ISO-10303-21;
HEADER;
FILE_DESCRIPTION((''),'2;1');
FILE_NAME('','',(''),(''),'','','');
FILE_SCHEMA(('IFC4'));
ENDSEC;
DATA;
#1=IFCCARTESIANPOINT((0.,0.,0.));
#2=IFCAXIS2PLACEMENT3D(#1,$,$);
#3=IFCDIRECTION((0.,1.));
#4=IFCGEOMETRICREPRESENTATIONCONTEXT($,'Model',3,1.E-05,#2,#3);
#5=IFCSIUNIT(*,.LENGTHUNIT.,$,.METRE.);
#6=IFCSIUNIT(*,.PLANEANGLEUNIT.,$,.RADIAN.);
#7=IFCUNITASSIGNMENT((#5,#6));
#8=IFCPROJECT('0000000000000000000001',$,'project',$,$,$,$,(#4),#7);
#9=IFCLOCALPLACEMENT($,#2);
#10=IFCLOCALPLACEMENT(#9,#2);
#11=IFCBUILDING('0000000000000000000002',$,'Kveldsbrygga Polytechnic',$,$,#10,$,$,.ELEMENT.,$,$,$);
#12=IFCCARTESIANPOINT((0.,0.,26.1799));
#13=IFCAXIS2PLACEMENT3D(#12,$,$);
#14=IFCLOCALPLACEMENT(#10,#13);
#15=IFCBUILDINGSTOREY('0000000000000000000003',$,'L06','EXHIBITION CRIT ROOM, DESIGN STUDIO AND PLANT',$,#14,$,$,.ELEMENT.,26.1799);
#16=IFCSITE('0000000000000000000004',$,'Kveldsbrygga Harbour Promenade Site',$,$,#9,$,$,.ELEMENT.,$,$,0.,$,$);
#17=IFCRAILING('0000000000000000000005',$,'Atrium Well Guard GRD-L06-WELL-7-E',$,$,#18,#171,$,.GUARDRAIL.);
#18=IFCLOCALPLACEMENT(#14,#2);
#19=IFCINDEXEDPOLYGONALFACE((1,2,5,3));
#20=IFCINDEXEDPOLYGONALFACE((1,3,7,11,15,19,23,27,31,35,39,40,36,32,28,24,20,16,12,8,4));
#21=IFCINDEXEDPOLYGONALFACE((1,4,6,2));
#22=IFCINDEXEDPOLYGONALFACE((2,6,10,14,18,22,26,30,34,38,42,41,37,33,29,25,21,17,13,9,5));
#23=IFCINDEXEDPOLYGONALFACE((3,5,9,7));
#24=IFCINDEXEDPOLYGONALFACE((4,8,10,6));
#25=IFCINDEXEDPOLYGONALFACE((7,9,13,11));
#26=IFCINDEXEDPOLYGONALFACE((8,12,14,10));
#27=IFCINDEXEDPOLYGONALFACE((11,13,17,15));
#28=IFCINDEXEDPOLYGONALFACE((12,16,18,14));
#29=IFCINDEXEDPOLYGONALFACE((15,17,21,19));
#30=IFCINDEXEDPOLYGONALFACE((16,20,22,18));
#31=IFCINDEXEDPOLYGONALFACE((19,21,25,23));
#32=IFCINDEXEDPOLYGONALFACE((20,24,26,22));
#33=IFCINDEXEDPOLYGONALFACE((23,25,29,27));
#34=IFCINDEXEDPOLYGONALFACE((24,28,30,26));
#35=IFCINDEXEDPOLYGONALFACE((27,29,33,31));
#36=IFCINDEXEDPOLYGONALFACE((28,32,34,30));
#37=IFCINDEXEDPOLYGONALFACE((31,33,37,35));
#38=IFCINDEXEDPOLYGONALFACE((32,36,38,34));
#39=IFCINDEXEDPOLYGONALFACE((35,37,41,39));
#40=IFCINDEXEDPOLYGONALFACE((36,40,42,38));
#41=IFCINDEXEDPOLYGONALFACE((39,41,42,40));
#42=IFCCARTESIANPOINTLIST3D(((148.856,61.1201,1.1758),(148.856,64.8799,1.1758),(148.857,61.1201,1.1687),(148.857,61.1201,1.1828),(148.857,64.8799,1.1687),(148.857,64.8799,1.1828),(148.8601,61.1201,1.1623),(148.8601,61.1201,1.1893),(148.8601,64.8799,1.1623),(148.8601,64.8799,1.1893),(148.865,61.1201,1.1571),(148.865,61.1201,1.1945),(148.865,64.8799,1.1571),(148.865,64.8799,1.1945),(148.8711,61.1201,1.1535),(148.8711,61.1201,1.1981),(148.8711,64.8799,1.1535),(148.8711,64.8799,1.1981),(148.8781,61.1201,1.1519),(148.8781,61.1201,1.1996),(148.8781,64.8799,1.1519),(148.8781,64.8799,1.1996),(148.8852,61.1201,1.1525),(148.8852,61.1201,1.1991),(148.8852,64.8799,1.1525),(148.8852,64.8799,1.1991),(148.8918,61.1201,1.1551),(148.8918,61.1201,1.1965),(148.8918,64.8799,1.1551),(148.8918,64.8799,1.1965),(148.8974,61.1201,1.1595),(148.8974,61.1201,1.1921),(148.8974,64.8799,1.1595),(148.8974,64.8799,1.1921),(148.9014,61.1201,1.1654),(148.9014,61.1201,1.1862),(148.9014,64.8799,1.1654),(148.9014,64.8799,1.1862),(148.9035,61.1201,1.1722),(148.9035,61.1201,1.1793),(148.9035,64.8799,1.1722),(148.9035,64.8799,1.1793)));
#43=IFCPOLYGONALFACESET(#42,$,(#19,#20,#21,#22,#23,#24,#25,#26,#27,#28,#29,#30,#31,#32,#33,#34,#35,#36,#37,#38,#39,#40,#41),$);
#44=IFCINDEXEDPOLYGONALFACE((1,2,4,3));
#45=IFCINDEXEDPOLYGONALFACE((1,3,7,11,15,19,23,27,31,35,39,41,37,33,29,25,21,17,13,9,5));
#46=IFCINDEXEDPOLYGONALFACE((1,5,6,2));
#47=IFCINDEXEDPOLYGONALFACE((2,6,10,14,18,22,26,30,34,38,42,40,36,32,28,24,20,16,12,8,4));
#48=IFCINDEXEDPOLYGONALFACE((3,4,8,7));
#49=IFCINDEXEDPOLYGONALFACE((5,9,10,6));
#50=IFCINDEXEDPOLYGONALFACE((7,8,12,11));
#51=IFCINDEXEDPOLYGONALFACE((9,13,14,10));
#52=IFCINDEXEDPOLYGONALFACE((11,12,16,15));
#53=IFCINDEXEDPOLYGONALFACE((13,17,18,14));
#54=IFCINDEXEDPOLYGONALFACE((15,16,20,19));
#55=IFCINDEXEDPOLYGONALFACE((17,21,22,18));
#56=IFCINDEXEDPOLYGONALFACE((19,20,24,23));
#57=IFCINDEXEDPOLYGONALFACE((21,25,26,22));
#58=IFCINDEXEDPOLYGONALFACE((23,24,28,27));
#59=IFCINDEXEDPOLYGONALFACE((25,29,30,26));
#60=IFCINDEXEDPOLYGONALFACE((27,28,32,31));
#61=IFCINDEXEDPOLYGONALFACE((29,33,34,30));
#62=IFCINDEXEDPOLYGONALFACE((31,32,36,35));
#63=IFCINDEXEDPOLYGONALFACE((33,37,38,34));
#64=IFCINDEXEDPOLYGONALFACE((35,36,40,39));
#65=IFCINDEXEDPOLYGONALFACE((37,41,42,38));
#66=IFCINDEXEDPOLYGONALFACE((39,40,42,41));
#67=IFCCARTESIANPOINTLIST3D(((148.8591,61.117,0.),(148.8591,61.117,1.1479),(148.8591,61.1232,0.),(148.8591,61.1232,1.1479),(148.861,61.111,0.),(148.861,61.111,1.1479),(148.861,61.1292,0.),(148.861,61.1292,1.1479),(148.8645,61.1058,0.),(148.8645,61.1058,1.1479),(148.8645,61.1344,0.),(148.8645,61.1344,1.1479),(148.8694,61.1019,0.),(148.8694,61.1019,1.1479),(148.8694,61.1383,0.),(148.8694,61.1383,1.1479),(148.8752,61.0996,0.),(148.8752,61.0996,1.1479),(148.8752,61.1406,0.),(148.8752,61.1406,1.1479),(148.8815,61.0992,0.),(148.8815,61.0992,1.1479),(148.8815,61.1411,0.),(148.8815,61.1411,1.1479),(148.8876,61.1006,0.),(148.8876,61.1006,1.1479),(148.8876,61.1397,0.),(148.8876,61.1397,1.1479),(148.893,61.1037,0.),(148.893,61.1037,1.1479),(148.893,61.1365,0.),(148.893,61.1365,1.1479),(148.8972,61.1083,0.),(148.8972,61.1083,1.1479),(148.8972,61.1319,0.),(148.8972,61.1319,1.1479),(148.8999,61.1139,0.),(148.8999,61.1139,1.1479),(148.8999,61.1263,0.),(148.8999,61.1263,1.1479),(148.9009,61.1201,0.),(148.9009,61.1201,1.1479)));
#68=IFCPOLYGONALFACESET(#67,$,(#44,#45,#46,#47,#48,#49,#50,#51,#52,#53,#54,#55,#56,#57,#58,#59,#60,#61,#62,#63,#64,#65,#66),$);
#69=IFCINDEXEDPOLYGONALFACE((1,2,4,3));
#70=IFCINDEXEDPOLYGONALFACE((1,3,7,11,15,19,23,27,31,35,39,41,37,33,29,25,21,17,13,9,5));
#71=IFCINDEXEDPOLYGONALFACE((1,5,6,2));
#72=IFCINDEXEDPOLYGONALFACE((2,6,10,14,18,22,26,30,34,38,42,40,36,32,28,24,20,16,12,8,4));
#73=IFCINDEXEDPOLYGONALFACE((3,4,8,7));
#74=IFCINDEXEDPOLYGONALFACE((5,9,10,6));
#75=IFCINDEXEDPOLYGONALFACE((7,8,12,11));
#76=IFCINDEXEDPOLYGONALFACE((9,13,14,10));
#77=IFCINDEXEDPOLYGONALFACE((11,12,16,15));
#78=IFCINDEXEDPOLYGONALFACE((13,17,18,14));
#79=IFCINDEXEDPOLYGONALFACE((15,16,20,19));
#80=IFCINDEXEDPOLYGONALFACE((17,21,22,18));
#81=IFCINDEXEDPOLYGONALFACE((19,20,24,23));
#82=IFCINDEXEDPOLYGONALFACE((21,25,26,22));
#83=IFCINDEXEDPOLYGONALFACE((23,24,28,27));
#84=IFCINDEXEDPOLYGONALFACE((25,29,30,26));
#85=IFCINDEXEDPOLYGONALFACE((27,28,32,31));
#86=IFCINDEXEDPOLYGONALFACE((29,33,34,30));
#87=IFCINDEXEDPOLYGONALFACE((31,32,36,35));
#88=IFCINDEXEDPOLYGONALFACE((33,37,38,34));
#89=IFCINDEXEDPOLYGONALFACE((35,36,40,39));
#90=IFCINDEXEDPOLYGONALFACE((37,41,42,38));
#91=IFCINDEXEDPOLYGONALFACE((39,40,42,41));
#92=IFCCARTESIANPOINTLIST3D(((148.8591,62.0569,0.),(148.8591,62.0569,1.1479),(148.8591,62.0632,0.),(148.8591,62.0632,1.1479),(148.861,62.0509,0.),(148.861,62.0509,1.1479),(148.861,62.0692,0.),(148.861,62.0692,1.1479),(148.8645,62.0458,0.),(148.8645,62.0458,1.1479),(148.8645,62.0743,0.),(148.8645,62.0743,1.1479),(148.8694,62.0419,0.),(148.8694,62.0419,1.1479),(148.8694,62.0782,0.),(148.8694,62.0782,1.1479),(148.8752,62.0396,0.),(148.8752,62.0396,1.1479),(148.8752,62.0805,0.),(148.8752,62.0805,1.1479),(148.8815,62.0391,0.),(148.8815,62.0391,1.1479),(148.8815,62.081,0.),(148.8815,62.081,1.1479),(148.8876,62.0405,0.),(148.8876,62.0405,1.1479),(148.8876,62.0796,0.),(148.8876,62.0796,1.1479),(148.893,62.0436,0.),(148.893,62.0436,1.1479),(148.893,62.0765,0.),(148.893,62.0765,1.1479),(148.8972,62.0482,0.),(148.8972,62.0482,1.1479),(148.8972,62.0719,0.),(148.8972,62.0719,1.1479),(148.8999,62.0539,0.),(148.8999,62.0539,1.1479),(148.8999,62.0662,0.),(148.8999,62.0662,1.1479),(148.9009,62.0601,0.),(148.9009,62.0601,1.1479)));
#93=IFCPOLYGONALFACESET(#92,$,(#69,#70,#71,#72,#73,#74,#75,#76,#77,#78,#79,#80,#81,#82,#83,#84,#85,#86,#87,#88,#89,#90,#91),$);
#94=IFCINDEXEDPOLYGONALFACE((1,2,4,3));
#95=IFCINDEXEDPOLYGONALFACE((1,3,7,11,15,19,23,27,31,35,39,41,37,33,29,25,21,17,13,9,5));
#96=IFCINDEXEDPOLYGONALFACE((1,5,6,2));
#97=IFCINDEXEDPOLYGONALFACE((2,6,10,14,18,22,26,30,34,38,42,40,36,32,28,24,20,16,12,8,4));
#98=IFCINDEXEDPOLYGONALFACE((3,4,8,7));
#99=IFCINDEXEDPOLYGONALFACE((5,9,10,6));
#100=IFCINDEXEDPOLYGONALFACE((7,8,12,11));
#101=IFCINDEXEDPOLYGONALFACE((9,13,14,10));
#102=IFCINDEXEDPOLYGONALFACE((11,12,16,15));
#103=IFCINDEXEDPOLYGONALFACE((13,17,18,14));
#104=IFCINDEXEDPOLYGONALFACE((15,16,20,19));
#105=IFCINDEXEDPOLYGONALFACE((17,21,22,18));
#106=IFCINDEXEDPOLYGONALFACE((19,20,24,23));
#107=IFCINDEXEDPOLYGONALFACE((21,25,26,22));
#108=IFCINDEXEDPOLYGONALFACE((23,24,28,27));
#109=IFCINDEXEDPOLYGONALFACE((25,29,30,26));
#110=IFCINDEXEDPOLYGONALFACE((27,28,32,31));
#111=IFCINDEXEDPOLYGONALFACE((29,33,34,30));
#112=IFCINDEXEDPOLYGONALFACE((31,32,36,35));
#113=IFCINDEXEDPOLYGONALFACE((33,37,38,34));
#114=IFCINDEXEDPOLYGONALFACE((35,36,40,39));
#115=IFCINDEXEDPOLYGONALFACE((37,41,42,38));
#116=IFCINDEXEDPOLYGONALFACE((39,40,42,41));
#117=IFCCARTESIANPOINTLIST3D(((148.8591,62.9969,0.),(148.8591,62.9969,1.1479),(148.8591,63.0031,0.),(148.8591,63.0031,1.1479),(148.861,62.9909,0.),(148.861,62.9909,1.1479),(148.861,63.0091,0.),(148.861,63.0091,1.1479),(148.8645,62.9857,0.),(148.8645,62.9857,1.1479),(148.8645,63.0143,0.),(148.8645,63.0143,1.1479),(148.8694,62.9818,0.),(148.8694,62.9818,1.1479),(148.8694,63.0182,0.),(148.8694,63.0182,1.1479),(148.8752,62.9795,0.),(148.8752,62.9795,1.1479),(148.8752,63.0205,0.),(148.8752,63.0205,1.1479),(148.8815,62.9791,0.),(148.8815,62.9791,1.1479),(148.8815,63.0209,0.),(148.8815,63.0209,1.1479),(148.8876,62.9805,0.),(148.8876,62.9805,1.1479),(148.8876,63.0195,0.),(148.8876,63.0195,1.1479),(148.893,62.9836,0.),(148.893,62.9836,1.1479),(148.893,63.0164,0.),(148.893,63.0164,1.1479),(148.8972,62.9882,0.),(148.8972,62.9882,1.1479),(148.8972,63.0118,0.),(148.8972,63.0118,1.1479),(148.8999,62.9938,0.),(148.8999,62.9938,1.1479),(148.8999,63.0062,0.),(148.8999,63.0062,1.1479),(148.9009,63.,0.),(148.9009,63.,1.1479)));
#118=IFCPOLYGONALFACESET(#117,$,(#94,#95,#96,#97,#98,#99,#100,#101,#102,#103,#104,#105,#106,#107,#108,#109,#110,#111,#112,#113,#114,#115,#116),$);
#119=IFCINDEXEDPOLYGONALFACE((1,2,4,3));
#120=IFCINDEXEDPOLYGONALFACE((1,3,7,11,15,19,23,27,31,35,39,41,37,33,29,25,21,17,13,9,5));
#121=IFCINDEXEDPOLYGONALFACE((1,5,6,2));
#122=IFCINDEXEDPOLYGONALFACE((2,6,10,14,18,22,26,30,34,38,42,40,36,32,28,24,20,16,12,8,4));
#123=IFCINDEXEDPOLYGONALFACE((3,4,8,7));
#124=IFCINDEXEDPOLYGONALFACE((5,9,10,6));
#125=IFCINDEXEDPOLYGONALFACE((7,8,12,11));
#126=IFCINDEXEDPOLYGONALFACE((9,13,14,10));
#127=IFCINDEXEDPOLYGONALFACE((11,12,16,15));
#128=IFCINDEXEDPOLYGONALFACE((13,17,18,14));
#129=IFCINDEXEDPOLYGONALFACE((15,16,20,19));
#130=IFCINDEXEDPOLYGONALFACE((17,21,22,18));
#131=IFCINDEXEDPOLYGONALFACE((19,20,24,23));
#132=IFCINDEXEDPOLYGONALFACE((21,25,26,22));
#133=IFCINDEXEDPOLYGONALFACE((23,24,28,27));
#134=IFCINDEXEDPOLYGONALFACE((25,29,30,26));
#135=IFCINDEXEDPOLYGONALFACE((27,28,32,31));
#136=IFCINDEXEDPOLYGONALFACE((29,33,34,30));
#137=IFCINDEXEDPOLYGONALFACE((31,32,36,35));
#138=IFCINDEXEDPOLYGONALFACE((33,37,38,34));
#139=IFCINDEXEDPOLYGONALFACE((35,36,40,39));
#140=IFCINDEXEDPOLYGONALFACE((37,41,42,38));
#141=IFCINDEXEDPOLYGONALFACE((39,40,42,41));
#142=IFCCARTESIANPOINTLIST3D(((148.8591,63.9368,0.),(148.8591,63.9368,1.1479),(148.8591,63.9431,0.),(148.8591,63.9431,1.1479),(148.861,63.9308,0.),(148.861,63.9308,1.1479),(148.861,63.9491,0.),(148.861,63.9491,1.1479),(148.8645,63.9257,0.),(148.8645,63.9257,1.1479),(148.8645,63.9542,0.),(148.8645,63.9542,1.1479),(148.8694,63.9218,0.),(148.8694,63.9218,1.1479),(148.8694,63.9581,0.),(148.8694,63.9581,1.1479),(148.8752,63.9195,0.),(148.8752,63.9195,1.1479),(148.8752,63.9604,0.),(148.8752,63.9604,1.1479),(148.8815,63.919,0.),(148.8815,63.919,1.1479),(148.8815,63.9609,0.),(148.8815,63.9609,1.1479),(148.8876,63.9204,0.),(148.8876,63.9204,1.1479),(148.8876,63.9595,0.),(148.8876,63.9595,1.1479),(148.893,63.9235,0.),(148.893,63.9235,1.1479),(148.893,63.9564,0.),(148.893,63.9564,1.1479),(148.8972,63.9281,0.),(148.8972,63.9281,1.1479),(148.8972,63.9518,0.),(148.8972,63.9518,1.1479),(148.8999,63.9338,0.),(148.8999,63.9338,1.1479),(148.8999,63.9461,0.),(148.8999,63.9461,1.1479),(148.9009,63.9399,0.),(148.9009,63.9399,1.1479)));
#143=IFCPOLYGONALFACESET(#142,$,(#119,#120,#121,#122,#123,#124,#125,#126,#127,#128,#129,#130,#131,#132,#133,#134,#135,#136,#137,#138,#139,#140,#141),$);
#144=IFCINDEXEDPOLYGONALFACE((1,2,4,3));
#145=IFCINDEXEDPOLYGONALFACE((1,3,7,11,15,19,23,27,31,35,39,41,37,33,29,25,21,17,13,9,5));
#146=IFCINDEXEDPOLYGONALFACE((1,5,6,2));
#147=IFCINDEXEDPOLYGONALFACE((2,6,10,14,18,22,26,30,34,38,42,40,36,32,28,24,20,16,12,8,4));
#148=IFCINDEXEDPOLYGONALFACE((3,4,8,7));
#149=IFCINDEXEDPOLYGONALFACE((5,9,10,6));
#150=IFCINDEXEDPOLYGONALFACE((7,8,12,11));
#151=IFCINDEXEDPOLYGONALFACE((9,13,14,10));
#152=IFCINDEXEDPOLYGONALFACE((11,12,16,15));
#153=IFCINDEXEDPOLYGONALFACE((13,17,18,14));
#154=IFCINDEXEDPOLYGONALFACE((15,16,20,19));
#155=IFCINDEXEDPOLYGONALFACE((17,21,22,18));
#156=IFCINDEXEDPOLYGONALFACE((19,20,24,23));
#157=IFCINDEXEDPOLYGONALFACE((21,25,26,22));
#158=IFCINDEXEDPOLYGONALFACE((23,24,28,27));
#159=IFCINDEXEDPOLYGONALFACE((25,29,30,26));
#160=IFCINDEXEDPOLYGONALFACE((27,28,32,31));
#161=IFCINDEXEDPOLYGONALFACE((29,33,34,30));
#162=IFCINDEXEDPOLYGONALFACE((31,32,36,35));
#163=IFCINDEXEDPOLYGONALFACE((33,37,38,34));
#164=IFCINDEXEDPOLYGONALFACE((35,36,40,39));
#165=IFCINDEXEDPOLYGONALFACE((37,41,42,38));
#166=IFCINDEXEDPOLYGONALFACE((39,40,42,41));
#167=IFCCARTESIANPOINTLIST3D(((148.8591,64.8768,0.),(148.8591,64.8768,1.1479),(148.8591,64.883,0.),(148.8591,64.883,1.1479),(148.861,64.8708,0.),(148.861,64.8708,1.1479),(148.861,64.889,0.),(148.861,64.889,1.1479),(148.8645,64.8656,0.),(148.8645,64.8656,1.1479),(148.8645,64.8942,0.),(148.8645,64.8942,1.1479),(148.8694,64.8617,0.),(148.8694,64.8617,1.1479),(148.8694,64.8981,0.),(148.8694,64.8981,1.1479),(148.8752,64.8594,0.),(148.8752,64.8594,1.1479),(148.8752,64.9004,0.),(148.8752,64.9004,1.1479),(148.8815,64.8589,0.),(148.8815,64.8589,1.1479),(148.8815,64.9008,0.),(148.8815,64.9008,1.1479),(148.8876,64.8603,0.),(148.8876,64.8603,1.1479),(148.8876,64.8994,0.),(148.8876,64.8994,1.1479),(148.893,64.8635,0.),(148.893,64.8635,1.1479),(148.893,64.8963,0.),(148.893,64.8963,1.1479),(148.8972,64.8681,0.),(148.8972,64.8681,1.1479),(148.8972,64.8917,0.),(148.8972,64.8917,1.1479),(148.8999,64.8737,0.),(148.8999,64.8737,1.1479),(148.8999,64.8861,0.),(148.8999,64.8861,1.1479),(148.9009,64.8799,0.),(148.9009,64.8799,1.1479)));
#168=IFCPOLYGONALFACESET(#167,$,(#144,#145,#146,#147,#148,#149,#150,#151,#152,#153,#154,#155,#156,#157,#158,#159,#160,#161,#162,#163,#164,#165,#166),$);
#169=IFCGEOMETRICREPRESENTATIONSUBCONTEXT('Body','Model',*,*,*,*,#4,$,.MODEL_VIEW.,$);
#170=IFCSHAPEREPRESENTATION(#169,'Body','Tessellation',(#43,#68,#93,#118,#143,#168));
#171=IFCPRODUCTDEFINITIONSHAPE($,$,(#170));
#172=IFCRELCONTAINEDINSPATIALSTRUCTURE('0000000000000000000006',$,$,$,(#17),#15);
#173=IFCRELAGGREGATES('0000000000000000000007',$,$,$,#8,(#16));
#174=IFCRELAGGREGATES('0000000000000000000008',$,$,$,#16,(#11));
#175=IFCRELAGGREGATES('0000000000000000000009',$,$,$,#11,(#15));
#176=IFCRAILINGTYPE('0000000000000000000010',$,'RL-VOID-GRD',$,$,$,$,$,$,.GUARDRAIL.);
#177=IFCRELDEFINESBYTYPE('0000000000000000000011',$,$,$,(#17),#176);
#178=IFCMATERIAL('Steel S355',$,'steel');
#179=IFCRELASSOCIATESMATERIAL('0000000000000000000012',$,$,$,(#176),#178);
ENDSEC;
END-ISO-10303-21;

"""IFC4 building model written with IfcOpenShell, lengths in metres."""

from ifc_helpers import new_model, si_unit, direction, frame, origin, origin_2d, place, context, subcontext, project, spatial, circle, extrude, material, type_object, element, save


model = new_model("IFC4")

# Units and contexts
model_context = context("Model", 3, precision=1e-05, world=origin(), true_north=direction((0.0, 1.0)))
body_context = subcontext(model_context, "Body", "Model", "MODEL_VIEW")
ifc_project = project(units=[si_unit("LENGTHUNIT", "METRE"), si_unit("PLANEANGLEUNIT", "RADIAN")], contexts=[model_context])

# Site, building, storey
site_placement = place(None, origin())
site = spatial("IfcSite", under=ifc_project, at=site_placement, Name="Kveldsbrygga Harbour Promenade Site", CompositionType="ELEMENT", RefElevation=0.0)
building_placement = place(site_placement, origin())
building = spatial("IfcBuilding", under=site, at=building_placement, Name="Kveldsbrygga Polytechnic", CompositionType="ELEMENT")
storey_placement = place(building_placement, frame((0.0, 0.0, 26.1799)))
storey = spatial("IfcBuildingStorey", under=building, at=storey_placement, Name="L06", Description="EXHIBITION CRIT ROOM, DESIGN STUDIO AND PLANT", CompositionType="ELEMENT", Elevation=26.1799)

# Shared definitions
ifc_material_1 = material(Name="Steel S355", Category="steel")

# Railing
railing_type = type_object("IfcRailingType", Name="RL-VOID-GRD", PredefinedType="GUARDRAIL", material=ifc_material_1)
railing_1_placement = place(storey_placement, frame((148.8799, 61.1201, 0.0)))
element("IfcRailing", 1, at=railing_1_placement, inside=storey, type_object=railing_type, Name="Atrium Well Guard GRD-L06-WELL-7-E", PredefinedType="GUARDRAIL", context=body_context, shape_type="SweptSolid", body=[
    extrude(circle(Radius=0.0239, at=origin_2d()), frame((0.0, 0.0, 1.1758), z_axis=(0.0, 1.0, 0.0), x_axis=(-1.0, 0.0, 0.0)), (0.0, 0.0, 1.0), 3.7598),
    extrude(circle(Radius=0.021, at=origin_2d()), origin(), (0.0, 0.0, 1.0), 1.1479),
    extrude(circle(Radius=0.021, at=origin_2d()), frame((0.0, 0.9399, 0.0)), (0.0, 0.0, 1.0), 1.1479),
    extrude(circle(Radius=0.021, at=origin_2d()), frame((0.0, 1.8799, 0.0)), (0.0, 0.0, 1.0), 1.1479),
    extrude(circle(Radius=0.021, at=origin_2d()), frame((0.0, 2.8198, 0.0)), (0.0, 0.0, 1.0), 1.1479),
    extrude(circle(Radius=0.021, at=origin_2d()), frame((0.0, 3.7598, 0.0)), (0.0, 0.0, 1.0), 1.1479),
])

save(model, "model.ifc")
